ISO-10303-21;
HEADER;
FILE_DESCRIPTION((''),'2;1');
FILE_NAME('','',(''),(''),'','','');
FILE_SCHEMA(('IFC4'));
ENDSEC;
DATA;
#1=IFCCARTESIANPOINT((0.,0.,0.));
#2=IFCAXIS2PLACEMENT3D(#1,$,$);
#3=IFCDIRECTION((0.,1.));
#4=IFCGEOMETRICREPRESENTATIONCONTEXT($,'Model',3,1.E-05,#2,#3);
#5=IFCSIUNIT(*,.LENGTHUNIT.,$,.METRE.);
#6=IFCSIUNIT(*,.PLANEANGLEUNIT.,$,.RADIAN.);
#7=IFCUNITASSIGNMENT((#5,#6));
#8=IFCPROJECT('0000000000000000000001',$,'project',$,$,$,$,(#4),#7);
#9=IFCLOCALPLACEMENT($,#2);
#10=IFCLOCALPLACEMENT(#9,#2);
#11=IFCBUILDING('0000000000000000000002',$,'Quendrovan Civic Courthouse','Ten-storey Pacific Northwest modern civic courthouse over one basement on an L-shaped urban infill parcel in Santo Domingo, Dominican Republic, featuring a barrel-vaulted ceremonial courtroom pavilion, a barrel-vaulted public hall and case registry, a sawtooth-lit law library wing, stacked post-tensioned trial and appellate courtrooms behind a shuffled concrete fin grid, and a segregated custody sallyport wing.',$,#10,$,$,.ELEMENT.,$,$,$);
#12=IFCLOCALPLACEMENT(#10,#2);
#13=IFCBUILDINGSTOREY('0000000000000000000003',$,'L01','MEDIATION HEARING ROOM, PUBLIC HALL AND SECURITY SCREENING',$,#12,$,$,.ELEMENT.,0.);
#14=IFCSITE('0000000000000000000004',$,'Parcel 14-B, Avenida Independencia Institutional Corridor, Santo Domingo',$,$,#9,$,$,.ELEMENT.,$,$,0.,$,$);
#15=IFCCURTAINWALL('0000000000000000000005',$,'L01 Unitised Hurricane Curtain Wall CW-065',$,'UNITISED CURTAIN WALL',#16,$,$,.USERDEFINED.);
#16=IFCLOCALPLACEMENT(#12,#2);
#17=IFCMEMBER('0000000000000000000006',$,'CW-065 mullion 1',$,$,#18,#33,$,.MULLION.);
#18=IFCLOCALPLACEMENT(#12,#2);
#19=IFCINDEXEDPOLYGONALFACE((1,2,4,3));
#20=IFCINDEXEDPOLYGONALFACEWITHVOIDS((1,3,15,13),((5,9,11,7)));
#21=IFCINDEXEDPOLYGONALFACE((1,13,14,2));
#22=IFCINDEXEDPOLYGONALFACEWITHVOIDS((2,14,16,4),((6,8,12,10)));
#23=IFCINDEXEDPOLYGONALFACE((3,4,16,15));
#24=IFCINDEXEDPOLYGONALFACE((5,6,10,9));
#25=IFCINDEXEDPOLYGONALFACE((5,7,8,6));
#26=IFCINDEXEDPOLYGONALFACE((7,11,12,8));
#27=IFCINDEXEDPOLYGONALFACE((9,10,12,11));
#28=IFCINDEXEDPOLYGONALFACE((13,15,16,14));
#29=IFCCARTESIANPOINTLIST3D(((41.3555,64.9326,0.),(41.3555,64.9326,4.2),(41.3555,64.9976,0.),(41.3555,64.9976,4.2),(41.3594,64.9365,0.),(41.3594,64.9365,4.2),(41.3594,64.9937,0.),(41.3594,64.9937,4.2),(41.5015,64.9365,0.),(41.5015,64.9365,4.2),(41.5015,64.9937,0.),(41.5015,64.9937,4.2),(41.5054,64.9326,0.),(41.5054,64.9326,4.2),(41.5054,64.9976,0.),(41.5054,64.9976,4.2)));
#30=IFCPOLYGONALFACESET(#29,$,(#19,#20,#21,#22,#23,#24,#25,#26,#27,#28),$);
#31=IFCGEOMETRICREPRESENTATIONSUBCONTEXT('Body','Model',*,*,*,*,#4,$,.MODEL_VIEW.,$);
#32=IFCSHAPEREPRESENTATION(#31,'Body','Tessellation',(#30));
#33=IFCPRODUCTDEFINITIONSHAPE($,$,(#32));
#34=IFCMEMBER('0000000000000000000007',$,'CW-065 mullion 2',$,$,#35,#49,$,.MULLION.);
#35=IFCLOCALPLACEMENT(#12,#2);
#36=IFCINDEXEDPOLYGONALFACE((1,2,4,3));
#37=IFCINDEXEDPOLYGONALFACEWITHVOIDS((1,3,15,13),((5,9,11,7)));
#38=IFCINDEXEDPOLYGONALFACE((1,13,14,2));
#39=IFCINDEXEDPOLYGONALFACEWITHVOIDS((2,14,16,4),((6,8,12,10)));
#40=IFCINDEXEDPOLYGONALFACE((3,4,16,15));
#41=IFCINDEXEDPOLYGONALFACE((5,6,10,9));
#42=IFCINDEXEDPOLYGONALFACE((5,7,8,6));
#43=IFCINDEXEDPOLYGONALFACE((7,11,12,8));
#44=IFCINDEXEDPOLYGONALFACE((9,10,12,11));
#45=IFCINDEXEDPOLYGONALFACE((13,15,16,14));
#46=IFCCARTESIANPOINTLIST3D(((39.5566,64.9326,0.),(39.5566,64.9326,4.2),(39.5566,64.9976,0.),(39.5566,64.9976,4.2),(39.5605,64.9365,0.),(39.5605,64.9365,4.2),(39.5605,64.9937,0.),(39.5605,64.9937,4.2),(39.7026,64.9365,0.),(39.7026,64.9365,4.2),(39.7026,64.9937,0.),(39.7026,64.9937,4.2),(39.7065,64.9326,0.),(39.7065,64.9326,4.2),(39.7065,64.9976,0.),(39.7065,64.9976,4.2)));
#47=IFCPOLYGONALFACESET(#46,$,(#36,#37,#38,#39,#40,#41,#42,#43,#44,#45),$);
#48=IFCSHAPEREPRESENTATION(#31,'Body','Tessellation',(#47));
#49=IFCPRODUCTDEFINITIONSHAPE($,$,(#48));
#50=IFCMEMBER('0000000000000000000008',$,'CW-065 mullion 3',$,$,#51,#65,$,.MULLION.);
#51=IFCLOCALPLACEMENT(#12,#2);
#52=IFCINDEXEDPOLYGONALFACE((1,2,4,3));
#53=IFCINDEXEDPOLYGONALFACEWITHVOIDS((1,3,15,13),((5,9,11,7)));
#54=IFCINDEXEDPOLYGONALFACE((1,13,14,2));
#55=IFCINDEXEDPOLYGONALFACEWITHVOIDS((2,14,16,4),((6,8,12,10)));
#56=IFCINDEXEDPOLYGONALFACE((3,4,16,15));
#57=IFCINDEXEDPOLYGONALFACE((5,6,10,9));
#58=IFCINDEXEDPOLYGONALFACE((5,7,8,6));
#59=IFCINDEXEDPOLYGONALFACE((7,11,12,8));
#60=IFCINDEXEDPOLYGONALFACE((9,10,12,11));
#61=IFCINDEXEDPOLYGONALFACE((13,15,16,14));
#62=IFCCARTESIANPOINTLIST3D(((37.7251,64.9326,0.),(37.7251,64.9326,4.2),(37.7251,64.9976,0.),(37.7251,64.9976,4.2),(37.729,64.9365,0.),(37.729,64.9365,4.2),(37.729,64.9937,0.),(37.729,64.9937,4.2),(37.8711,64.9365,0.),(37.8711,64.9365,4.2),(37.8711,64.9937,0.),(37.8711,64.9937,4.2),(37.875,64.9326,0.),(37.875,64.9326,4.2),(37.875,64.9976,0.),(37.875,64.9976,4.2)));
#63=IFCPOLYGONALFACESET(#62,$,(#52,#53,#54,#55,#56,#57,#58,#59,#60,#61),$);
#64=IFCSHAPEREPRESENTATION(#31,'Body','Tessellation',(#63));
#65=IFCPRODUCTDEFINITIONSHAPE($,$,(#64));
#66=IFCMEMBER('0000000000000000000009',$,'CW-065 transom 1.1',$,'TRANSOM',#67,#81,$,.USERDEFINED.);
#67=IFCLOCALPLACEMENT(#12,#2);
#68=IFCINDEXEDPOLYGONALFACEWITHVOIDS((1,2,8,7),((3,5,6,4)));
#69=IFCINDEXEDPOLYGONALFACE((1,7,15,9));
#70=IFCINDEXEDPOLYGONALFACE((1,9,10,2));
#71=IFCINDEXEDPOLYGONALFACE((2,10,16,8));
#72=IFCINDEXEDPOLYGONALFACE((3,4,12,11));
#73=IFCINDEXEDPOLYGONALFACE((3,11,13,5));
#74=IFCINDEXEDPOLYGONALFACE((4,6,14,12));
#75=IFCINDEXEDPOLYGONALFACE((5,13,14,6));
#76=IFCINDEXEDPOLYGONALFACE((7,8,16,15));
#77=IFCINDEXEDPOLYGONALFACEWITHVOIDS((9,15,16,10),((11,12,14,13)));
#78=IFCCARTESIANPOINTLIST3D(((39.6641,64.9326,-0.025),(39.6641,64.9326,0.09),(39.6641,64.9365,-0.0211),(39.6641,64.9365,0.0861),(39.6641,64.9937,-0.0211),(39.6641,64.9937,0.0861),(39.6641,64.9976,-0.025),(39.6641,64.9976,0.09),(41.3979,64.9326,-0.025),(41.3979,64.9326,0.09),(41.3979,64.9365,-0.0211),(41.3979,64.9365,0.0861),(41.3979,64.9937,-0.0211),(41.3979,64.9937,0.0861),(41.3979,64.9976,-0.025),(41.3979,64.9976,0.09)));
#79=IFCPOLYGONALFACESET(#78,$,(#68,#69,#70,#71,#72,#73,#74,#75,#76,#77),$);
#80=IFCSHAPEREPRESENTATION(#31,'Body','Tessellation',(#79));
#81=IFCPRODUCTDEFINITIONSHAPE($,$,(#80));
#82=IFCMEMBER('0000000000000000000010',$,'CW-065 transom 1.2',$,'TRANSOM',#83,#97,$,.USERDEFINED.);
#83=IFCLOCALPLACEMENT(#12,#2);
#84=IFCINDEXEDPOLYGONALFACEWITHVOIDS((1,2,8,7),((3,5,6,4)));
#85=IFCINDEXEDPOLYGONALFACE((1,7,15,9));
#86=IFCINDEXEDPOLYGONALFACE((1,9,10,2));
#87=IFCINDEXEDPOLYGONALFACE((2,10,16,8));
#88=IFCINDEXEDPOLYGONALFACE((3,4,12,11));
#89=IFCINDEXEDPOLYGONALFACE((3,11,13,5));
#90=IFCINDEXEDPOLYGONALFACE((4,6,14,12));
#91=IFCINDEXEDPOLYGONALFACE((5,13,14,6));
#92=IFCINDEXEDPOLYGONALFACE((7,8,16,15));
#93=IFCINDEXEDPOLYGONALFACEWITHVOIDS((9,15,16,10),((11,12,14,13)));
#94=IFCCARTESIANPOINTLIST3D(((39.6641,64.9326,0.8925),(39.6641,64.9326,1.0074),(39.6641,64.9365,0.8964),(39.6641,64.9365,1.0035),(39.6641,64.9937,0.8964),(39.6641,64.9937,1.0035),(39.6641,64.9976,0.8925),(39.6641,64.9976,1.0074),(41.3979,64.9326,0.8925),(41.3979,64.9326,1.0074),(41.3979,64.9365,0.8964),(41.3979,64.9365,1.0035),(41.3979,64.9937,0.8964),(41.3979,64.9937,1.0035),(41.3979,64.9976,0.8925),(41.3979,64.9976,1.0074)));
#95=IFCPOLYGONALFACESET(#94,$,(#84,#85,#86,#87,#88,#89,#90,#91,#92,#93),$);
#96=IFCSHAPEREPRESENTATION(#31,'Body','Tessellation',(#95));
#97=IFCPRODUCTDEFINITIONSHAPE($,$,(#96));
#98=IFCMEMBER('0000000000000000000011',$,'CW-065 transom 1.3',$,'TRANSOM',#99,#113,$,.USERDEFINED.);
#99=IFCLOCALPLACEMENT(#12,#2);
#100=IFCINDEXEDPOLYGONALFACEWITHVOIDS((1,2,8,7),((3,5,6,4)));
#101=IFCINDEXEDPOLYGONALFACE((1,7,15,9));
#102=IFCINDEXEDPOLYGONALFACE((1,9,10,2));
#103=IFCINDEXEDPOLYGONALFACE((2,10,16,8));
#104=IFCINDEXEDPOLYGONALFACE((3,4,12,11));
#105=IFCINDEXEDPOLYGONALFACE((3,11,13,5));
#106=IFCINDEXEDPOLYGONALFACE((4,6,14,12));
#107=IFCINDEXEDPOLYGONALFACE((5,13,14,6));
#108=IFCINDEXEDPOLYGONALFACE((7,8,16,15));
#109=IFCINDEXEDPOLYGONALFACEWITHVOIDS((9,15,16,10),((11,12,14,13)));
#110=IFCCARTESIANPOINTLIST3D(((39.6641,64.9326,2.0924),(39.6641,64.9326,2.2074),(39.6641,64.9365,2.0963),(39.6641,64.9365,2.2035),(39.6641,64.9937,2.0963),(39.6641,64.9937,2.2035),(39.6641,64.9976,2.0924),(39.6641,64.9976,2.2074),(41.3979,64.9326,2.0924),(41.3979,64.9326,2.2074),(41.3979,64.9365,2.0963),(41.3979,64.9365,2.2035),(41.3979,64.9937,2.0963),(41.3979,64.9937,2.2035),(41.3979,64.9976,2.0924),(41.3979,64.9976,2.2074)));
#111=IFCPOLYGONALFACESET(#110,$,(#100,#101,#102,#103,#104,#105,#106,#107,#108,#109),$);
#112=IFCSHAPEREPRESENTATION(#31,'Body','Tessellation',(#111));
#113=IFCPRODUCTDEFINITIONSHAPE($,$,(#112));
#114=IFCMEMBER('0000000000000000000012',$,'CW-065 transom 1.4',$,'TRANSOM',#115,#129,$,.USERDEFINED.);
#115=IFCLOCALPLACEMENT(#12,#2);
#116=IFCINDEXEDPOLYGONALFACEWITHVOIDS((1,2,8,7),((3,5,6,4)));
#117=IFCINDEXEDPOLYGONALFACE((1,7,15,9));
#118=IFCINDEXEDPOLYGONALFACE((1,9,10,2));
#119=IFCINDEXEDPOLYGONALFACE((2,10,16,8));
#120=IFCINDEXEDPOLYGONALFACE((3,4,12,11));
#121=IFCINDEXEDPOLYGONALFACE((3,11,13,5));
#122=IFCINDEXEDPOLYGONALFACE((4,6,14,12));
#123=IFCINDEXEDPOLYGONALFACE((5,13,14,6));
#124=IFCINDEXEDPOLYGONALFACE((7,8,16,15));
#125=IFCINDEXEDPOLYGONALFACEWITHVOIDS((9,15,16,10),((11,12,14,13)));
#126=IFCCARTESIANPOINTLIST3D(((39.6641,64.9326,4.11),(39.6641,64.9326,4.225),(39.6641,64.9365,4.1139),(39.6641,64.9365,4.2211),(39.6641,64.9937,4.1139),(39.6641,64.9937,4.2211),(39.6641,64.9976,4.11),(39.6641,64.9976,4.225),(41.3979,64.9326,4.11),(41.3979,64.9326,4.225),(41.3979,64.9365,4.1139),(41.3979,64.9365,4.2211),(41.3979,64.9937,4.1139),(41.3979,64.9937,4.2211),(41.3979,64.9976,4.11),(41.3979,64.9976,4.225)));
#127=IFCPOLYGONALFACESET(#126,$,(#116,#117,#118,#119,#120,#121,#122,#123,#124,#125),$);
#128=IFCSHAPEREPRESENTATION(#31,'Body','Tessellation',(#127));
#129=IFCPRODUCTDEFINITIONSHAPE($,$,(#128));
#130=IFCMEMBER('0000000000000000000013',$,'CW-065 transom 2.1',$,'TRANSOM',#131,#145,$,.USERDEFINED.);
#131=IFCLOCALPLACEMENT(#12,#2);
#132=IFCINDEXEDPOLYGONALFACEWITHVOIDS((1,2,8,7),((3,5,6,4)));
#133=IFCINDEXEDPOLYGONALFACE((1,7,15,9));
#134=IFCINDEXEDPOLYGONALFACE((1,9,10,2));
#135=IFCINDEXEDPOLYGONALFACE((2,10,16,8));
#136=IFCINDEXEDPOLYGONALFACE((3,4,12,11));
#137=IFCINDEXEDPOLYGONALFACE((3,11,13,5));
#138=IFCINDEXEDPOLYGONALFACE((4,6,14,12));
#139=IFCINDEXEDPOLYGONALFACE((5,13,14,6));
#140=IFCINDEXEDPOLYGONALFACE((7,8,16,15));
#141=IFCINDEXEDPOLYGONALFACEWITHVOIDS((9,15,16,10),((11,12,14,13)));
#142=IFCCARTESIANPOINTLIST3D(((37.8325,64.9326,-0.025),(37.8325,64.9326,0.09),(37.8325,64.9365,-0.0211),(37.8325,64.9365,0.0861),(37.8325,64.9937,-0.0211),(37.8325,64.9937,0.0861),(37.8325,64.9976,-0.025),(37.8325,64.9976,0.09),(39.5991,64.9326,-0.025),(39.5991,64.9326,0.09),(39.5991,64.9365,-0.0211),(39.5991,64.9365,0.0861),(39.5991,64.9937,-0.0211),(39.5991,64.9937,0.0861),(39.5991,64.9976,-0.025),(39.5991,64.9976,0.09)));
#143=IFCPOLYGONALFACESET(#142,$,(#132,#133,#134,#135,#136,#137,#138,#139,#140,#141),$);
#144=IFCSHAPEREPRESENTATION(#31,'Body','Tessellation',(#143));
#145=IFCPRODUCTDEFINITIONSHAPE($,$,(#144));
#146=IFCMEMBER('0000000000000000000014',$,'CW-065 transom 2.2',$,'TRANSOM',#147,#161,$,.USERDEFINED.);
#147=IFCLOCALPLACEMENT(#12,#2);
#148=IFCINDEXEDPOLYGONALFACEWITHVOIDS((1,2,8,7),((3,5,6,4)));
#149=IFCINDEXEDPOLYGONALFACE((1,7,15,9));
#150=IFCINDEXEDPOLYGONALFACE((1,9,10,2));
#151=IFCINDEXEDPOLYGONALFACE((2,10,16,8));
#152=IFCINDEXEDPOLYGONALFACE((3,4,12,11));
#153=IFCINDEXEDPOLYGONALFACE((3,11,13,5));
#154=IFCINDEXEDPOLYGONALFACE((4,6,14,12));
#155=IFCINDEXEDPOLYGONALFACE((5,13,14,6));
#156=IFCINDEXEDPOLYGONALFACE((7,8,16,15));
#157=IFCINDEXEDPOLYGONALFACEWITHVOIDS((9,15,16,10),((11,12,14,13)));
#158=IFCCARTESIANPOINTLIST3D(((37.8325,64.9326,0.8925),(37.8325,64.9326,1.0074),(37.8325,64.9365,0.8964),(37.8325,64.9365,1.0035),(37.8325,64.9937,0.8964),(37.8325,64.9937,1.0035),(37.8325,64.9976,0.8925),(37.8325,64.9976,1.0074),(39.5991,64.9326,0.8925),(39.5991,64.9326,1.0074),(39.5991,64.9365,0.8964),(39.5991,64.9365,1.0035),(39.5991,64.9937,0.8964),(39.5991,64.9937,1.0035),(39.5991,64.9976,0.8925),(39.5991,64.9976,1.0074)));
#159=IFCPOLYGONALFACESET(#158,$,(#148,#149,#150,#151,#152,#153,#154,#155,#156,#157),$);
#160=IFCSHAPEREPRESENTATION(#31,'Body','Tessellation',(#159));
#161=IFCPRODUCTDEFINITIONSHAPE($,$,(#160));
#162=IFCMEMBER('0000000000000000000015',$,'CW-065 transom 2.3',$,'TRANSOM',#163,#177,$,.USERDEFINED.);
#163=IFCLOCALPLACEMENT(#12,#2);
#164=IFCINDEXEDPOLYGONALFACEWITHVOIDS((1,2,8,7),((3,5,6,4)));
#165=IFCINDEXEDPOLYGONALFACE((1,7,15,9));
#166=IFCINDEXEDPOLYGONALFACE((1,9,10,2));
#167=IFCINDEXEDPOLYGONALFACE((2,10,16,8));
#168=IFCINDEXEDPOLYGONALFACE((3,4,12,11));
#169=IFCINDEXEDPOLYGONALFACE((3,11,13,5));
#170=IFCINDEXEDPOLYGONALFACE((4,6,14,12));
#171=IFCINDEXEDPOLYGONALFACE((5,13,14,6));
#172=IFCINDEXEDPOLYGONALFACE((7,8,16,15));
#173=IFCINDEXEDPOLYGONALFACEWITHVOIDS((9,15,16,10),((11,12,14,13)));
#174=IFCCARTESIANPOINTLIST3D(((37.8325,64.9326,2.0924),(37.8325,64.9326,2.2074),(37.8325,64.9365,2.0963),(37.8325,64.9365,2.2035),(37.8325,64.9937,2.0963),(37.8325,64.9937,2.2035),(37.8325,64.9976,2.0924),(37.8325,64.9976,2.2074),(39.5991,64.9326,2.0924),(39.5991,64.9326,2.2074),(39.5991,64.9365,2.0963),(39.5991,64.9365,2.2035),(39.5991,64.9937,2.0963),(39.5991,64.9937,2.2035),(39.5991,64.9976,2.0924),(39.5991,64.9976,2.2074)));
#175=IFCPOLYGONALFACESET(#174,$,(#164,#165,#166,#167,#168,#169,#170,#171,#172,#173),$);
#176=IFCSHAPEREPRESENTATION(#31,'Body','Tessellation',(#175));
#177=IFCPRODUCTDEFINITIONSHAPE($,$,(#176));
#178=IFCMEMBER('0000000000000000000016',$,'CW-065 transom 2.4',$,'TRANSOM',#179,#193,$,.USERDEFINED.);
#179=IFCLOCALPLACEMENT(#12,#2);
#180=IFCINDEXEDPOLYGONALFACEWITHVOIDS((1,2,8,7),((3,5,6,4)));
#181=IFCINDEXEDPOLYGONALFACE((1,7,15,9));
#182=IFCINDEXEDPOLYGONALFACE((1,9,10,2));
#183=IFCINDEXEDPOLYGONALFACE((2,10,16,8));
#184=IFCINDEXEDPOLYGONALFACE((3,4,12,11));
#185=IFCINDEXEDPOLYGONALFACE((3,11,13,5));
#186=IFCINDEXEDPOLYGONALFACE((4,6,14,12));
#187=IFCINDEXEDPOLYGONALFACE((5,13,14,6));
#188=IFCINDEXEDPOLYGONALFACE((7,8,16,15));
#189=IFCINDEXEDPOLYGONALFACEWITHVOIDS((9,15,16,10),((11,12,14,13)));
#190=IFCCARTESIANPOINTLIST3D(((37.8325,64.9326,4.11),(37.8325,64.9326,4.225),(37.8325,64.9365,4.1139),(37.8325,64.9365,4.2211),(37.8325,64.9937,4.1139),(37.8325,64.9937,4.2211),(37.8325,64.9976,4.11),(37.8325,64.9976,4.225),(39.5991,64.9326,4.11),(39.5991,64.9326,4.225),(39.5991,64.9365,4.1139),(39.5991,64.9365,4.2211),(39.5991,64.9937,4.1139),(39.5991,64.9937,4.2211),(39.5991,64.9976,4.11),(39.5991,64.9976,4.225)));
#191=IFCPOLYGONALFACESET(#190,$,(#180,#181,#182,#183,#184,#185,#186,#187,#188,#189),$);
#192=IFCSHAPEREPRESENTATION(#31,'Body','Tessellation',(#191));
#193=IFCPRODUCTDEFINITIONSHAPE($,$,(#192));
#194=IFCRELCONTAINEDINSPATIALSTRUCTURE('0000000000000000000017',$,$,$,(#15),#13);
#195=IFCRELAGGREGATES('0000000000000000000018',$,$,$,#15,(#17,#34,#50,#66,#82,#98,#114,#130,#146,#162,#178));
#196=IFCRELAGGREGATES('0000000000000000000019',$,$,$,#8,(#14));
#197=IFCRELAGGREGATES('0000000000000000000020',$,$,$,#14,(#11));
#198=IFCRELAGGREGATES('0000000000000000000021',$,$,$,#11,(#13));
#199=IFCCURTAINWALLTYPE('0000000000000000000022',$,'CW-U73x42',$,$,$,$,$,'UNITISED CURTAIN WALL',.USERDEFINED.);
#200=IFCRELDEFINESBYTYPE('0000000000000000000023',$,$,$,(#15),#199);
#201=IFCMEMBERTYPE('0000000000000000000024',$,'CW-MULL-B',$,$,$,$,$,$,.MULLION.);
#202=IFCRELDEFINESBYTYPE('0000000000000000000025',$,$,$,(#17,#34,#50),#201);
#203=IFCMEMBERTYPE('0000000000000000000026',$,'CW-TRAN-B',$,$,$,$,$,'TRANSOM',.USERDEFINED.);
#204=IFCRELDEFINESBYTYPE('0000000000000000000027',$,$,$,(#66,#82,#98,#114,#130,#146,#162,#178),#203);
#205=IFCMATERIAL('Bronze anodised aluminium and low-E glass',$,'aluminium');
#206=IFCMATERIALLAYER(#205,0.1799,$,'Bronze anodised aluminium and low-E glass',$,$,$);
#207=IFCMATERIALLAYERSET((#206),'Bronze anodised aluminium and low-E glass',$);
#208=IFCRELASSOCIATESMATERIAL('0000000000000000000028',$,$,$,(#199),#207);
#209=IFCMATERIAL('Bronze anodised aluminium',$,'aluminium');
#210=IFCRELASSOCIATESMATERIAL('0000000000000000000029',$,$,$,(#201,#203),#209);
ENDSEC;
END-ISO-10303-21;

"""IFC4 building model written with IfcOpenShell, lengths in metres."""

from ifc_helpers import new_model, si_unit, direction, frame, origin, origin_2d, place, context, subcontext, project, spatial, hollow_rectangle, extrude, material, layer, layer_set, material_profile, profile_set, type_object, element, aggregate, save


model = new_model("IFC4")

# Units and contexts
model_context = context("Model", 3, precision=1e-05, world=origin(), true_north=direction((0.0, 1.0)))
body_context = subcontext(model_context, "Body", "Model", "MODEL_VIEW")
ifc_project = project(units=[si_unit("LENGTHUNIT", "METRE"), si_unit("PLANEANGLEUNIT", "RADIAN")], contexts=[model_context])

# Site, building, storey
site_placement = place(None, origin())
site = spatial("IfcSite", under=ifc_project, at=site_placement, Name="Parcel 14-B, Avenida Independencia Institutional Corridor, Santo Domingo", CompositionType="ELEMENT", RefElevation=0.0)
building_placement = place(site_placement, origin())
building = spatial("IfcBuilding", under=site, at=building_placement, Name="Quendrovan Civic Courthouse", Description="Ten-storey Pacific Northwest modern civic courthouse over one basement on an L-shaped urban infill parcel in Santo Domingo, Dominican Republic, featuring a barrel-vaulted ceremonial courtroom pavilion, a barrel-vaulted public hall and case registry, a sawtooth-lit law library wing, stacked post-tensioned trial and appellate courtrooms behind a shuffled concrete fin grid, and a segregated custody sallyport wing.", CompositionType="ELEMENT")
storey_placement = place(building_placement, origin())
storey = spatial("IfcBuildingStorey", under=building, at=storey_placement, Name="L01", Description="MEDIATION HEARING ROOM, PUBLIC HALL AND SECURITY SCREENING", CompositionType="ELEMENT", Elevation=0.0)

# Curtain wall, members
ifc_material_1 = material(Name="Bronze anodised aluminium and low-E glass", Category="aluminium")
ifc_layer_1 = layer(ifc_material_1, 0.1799, Name="Bronze anodised aluminium and low-E glass")
ifc_layer_set_1 = layer_set([ifc_layer_1], Name="Bronze anodised aluminium and low-E glass")
curtain_wall_type = type_object("IfcCurtainWallType", Name="CW-U73x42", ElementType="UNITISED CURTAIN WALL", PredefinedType="USERDEFINED", material=ifc_layer_set_1)
curtain_wall_placement = place(storey_placement, origin())
curtain_wall = element("IfcCurtainWall", 1, at=curtain_wall_placement, inside=storey, type_object=curtain_wall_type, Name="L01 Unitised Hurricane Curtain Wall CW-065", ObjectType="UNITISED CURTAIN WALL", PredefinedType="USERDEFINED")
ifc_material_2 = material(Name="Bronze anodised aluminium", Category="aluminium")
ifc_material_profile_1 = material_profile(ifc_material_2, hollow_rectangle(XDim=0.0649, YDim=0.1499, WallThickness=0.0039, at=origin_2d()), Name="CW-MULL-65x150")
ifc_profile_set_1 = profile_set([ifc_material_profile_1], Name="Bronze anodised aluminium")
member_type_1 = type_object("IfcMemberType", Name="CW-MULL-B", PredefinedType="MULLION", material=ifc_profile_set_1)
member_1_placement = place(storey_placement, frame((41.4304, 64.9651, 0.0), z_axis=(0.0, 0.0, 1.0), x_axis=(0.0, -1.0, 0.0)))
member_1 = element("IfcMember", 2, at=member_1_placement, type_object=member_type_1, Name="CW-065 mullion 1", PredefinedType="MULLION", context=body_context, shape_type="SweptSolid", body=[
    extrude(hollow_rectangle(XDim=0.0649, YDim=0.1499, WallThickness=0.0039, at=origin_2d()), origin(), (0.0, 0.0, 1.0), 4.2),
])
member_2_placement = place(storey_placement, frame((39.6316, 64.9651, 0.0), z_axis=(0.0, 0.0, 1.0), x_axis=(0.0, -1.0, 0.0)))
member_2 = element("IfcMember", 3, at=member_2_placement, type_object=member_type_1, Name="CW-065 mullion 2", PredefinedType="MULLION", context=body_context, shape_type="SweptSolid", body=[
    extrude(hollow_rectangle(XDim=0.0649, YDim=0.1499, WallThickness=0.0039, at=origin_2d()), origin(), (0.0, 0.0, 1.0), 4.2),
])
member_3_placement = place(storey_placement, frame((37.8, 64.9651, 0.0), z_axis=(0.0, 0.0, 1.0), x_axis=(0.0, -1.0, 0.0)))
member_3 = element("IfcMember", 4, at=member_3_placement, type_object=member_type_1, Name="CW-065 mullion 3", PredefinedType="MULLION", context=body_context, shape_type="SweptSolid", body=[
    extrude(hollow_rectangle(XDim=0.0649, YDim=0.1499, WallThickness=0.0039, at=origin_2d()), origin(), (0.0, 0.0, 1.0), 4.2),
])
ifc_material_profile_2 = material_profile(ifc_material_2, hollow_rectangle(XDim=0.0649, YDim=0.115, WallThickness=0.0039, at=origin_2d()), Name="CW-TRAN-65x115")
ifc_profile_set_2 = profile_set([ifc_material_profile_2], Name="Bronze anodised aluminium")
member_type_2 = type_object("IfcMemberType", Name="CW-TRAN-B", ElementType="TRANSOM", PredefinedType="USERDEFINED", material=ifc_profile_set_2)
member_4_placement = place(storey_placement, frame((41.3979, 64.9651, 0.0325), z_axis=(-1.0, 0.0, 0.0), x_axis=(0.0, -1.0, 0.0)))
member_4 = element("IfcMember", 5, at=member_4_placement, type_object=member_type_2, Name="CW-065 transom 1.1", ObjectType="TRANSOM", PredefinedType="USERDEFINED", context=body_context, shape_type="SweptSolid", body=[
    extrude(hollow_rectangle(XDim=0.0649, YDim=0.115, WallThickness=0.0039, at=origin_2d()), origin(), (0.0, 0.0, 1.0), 1.7339),
])
member_5_placement = place(storey_placement, frame((41.3979, 64.9651, 0.95), z_axis=(-1.0, 0.0, 0.0), x_axis=(0.0, -1.0, 0.0)))
member_5 = element("IfcMember", 6, at=member_5_placement, type_object=member_type_2, Name="CW-065 transom 1.2", ObjectType="TRANSOM", PredefinedType="USERDEFINED", context=body_context, shape_type="SweptSolid", body=[
    extrude(hollow_rectangle(XDim=0.0649, YDim=0.115, WallThickness=0.0039, at=origin_2d()), origin(), (0.0, 0.0, 1.0), 1.7339),
])
member_6_placement = place(storey_placement, frame((41.3979, 64.9651, 2.1499), z_axis=(-1.0, 0.0, 0.0), x_axis=(0.0, -1.0, 0.0)))
member_6 = element("IfcMember", 7, at=member_6_placement, type_object=member_type_2, Name="CW-065 transom 1.3", ObjectType="TRANSOM", PredefinedType="USERDEFINED", context=body_context, shape_type="SweptSolid", body=[
    extrude(hollow_rectangle(XDim=0.0649, YDim=0.115, WallThickness=0.0039, at=origin_2d()), origin(), (0.0, 0.0, 1.0), 1.7339),
])
member_7_placement = place(storey_placement, frame((41.3979, 64.9651, 4.1675), z_axis=(-1.0, 0.0, 0.0), x_axis=(0.0, -1.0, 0.0)))
member_7 = element("IfcMember", 8, at=member_7_placement, type_object=member_type_2, Name="CW-065 transom 1.4", ObjectType="TRANSOM", PredefinedType="USERDEFINED", context=body_context, shape_type="SweptSolid", body=[
    extrude(hollow_rectangle(XDim=0.0649, YDim=0.115, WallThickness=0.0039, at=origin_2d()), origin(), (0.0, 0.0, 1.0), 1.7339),
])
member_8_placement = place(storey_placement, frame((39.5991, 64.9651, 0.0325), z_axis=(-1.0, 0.0, 0.0), x_axis=(0.0, -1.0, 0.0)))
member_8 = element("IfcMember", 9, at=member_8_placement, type_object=member_type_2, Name="CW-065 transom 2.1", ObjectType="TRANSOM", PredefinedType="USERDEFINED", context=body_context, shape_type="SweptSolid", body=[
    extrude(hollow_rectangle(XDim=0.0649, YDim=0.115, WallThickness=0.0039, at=origin_2d()), origin(), (0.0, 0.0, 1.0), 1.7666),
])
member_9_placement = place(storey_placement, frame((39.5991, 64.9651, 0.95), z_axis=(-1.0, 0.0, 0.0), x_axis=(0.0, -1.0, 0.0)))
member_9 = element("IfcMember", 10, at=member_9_placement, type_object=member_type_2, Name="CW-065 transom 2.2", ObjectType="TRANSOM", PredefinedType="USERDEFINED", context=body_context, shape_type="SweptSolid", body=[
    extrude(hollow_rectangle(XDim=0.0649, YDim=0.115, WallThickness=0.0039, at=origin_2d()), origin(), (0.0, 0.0, 1.0), 1.7666),
])
member_10_placement = place(storey_placement, frame((39.5991, 64.9651, 2.1499), z_axis=(-1.0, 0.0, 0.0), x_axis=(0.0, -1.0, 0.0)))
member_10 = element("IfcMember", 11, at=member_10_placement, type_object=member_type_2, Name="CW-065 transom 2.3", ObjectType="TRANSOM", PredefinedType="USERDEFINED", context=body_context, shape_type="SweptSolid", body=[
    extrude(hollow_rectangle(XDim=0.0649, YDim=0.115, WallThickness=0.0039, at=origin_2d()), origin(), (0.0, 0.0, 1.0), 1.7666),
])
member_11_placement = place(storey_placement, frame((39.5991, 64.9651, 4.1675), z_axis=(-1.0, 0.0, 0.0), x_axis=(0.0, -1.0, 0.0)))
member_11 = element("IfcMember", 12, at=member_11_placement, type_object=member_type_2, Name="CW-065 transom 2.4", ObjectType="TRANSOM", PredefinedType="USERDEFINED", context=body_context, shape_type="SweptSolid", body=[
    extrude(hollow_rectangle(XDim=0.0649, YDim=0.115, WallThickness=0.0039, at=origin_2d()), origin(), (0.0, 0.0, 1.0), 1.7666),
])
aggregate(curtain_wall, [member_1, member_2, member_3, member_4, member_5, member_6, member_7, member_8, member_9, member_10, member_11])

save(model, "model.ifc")
